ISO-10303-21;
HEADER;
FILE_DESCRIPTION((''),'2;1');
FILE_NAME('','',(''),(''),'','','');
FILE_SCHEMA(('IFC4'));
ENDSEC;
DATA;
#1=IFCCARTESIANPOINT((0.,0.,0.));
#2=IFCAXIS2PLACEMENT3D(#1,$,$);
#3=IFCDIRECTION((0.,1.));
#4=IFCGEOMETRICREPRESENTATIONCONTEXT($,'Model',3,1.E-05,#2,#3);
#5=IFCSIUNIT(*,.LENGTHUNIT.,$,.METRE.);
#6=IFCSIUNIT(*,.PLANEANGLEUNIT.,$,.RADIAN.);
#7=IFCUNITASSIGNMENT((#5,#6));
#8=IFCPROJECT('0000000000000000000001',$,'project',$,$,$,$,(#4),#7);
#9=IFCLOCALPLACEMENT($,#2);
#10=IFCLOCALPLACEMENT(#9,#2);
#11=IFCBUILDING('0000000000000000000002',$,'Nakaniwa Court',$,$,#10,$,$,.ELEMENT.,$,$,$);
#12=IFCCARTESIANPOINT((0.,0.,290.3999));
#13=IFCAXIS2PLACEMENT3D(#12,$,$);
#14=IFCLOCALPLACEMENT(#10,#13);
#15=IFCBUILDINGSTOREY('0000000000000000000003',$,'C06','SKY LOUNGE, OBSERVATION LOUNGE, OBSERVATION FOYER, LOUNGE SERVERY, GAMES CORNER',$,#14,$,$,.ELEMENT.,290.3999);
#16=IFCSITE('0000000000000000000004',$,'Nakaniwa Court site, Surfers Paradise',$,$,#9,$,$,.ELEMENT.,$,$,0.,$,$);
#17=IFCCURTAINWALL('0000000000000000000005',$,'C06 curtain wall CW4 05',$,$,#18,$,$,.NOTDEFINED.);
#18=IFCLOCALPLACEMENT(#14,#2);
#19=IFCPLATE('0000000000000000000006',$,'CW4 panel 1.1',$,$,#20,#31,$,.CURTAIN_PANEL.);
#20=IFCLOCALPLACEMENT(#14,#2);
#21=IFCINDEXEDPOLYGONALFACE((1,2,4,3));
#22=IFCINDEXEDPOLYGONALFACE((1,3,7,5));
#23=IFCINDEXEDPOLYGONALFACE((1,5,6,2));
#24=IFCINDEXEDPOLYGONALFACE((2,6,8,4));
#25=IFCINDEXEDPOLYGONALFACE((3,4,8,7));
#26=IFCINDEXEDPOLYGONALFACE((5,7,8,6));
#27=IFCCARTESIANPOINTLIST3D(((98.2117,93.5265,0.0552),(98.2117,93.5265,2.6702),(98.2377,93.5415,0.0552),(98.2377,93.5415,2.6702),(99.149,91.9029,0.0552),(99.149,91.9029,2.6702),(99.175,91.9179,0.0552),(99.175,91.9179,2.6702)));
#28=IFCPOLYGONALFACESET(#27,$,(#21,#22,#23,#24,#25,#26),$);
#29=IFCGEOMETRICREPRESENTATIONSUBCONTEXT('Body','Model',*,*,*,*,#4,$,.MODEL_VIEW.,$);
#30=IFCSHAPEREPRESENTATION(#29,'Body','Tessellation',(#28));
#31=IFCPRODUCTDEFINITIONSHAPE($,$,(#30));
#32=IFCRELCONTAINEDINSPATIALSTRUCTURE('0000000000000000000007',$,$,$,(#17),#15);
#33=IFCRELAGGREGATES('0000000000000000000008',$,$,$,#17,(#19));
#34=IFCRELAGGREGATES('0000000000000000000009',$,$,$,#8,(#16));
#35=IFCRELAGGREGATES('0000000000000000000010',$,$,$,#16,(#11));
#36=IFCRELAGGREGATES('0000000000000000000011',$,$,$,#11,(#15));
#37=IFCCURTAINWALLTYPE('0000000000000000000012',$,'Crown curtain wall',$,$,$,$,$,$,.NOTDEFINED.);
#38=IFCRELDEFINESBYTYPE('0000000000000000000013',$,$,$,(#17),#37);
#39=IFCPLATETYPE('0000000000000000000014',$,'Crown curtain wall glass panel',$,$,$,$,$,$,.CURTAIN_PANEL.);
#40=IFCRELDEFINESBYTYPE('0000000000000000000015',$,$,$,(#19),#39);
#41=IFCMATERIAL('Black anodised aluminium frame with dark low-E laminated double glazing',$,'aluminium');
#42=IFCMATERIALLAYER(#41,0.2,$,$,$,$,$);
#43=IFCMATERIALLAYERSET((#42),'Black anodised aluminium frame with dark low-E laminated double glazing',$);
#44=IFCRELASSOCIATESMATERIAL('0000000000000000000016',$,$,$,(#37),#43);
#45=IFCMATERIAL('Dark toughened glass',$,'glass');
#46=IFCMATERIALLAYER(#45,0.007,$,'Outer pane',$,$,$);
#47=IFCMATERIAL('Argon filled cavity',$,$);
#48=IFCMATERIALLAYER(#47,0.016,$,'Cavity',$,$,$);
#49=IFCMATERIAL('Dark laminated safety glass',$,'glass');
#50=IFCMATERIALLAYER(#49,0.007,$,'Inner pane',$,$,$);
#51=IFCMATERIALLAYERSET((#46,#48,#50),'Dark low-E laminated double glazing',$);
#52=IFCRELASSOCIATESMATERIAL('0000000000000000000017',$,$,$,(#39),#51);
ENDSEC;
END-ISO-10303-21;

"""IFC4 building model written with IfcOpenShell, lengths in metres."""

from ifc_helpers import new_model, si_unit, direction, frame, origin, origin_2d, place, context, subcontext, project, spatial, rectangle, extrude, material, layer, layer_set, type_object, element, aggregate, save


model = new_model("IFC4")

# Units and contexts
model_context = context("Model", 3, precision=1e-05, world=origin(), true_north=direction((0.0, 1.0)))
body_context = subcontext(model_context, "Body", "Model", "MODEL_VIEW")
ifc_project = project(units=[si_unit("LENGTHUNIT", "METRE"), si_unit("PLANEANGLEUNIT", "RADIAN")], contexts=[model_context])

# Site, building, storey
site_placement = place(None, origin())
site = spatial("IfcSite", under=ifc_project, at=site_placement, Name="Nakaniwa Court site, Surfers Paradise", CompositionType="ELEMENT", RefElevation=0.0)
building_placement = place(site_placement, origin())
building = spatial("IfcBuilding", under=site, at=building_placement, Name="Nakaniwa Court", CompositionType="ELEMENT")
storey_placement = place(building_placement, frame((0.0, 0.0, 290.3999)))
storey = spatial("IfcBuildingStorey", under=building, at=storey_placement, Name="C06", Description="SKY LOUNGE, OBSERVATION LOUNGE, OBSERVATION FOYER, LOUNGE SERVERY, GAMES CORNER", CompositionType="ELEMENT", Elevation=290.3999)

# Shared definitions
ifc_material_1 = material(Name="Black anodised aluminium frame with dark low-E laminated double glazing", Category="aluminium")
ifc_layer_1 = layer(ifc_material_1, 0.2)
ifc_layer_set_1 = layer_set([ifc_layer_1], Name="Black anodised aluminium frame with dark low-E laminated double glazing")
curtain_wall_type = type_object("IfcCurtainWallType", Name="Crown curtain wall", PredefinedType="NOTDEFINED", material=ifc_layer_set_1)

# Curtain wall
curtain_wall_1_placement = place(storey_placement, origin())
curtain_wall_1 = element("IfcCurtainWall", 1, at=curtain_wall_1_placement, inside=storey, type_object=curtain_wall_type, Name="C06 curtain wall CW4 05", PredefinedType="NOTDEFINED")

# Plate
ifc_material_2 = material(Name="Dark toughened glass", Category="glass")
ifc_layer_2 = layer(ifc_material_2, 0.007, Name="Outer pane")
ifc_material_3 = material(Name="Argon filled cavity")
ifc_layer_3 = layer(ifc_material_3, 0.016, Name="Cavity")
ifc_material_4 = material(Name="Dark laminated safety glass", Category="glass")
ifc_layer_4 = layer(ifc_material_4, 0.007, Name="Inner pane")
ifc_layer_set_2 = layer_set([ifc_layer_2, ifc_layer_3, ifc_layer_4], Name="Dark low-E laminated double glazing")
plate_type = type_object("IfcPlateType", Name="Crown curtain wall glass panel", PredefinedType="CURTAIN_PANEL", material=ifc_layer_set_2)
plate_1_placement = place(storey_placement, frame((98.6934, 92.7222, 0.0552), z_axis=(0.0, 0.0, 1.0), x_axis=(-0.499987, 0.866033, 0.0)))
plate_1 = element("IfcPlate", 2, at=plate_1_placement, type_object=plate_type, Name="CW4 panel 1.1", PredefinedType="CURTAIN_PANEL", context=body_context, shape_type="SweptSolid", body=[
    extrude(rectangle(XDim=1.8748, YDim=0.03, at=origin_2d()), origin(), (0.0, 0.0, 1.0), 2.615),
])
aggregate(curtain_wall_1, [plate_1])

save(model, "model.ifc")
